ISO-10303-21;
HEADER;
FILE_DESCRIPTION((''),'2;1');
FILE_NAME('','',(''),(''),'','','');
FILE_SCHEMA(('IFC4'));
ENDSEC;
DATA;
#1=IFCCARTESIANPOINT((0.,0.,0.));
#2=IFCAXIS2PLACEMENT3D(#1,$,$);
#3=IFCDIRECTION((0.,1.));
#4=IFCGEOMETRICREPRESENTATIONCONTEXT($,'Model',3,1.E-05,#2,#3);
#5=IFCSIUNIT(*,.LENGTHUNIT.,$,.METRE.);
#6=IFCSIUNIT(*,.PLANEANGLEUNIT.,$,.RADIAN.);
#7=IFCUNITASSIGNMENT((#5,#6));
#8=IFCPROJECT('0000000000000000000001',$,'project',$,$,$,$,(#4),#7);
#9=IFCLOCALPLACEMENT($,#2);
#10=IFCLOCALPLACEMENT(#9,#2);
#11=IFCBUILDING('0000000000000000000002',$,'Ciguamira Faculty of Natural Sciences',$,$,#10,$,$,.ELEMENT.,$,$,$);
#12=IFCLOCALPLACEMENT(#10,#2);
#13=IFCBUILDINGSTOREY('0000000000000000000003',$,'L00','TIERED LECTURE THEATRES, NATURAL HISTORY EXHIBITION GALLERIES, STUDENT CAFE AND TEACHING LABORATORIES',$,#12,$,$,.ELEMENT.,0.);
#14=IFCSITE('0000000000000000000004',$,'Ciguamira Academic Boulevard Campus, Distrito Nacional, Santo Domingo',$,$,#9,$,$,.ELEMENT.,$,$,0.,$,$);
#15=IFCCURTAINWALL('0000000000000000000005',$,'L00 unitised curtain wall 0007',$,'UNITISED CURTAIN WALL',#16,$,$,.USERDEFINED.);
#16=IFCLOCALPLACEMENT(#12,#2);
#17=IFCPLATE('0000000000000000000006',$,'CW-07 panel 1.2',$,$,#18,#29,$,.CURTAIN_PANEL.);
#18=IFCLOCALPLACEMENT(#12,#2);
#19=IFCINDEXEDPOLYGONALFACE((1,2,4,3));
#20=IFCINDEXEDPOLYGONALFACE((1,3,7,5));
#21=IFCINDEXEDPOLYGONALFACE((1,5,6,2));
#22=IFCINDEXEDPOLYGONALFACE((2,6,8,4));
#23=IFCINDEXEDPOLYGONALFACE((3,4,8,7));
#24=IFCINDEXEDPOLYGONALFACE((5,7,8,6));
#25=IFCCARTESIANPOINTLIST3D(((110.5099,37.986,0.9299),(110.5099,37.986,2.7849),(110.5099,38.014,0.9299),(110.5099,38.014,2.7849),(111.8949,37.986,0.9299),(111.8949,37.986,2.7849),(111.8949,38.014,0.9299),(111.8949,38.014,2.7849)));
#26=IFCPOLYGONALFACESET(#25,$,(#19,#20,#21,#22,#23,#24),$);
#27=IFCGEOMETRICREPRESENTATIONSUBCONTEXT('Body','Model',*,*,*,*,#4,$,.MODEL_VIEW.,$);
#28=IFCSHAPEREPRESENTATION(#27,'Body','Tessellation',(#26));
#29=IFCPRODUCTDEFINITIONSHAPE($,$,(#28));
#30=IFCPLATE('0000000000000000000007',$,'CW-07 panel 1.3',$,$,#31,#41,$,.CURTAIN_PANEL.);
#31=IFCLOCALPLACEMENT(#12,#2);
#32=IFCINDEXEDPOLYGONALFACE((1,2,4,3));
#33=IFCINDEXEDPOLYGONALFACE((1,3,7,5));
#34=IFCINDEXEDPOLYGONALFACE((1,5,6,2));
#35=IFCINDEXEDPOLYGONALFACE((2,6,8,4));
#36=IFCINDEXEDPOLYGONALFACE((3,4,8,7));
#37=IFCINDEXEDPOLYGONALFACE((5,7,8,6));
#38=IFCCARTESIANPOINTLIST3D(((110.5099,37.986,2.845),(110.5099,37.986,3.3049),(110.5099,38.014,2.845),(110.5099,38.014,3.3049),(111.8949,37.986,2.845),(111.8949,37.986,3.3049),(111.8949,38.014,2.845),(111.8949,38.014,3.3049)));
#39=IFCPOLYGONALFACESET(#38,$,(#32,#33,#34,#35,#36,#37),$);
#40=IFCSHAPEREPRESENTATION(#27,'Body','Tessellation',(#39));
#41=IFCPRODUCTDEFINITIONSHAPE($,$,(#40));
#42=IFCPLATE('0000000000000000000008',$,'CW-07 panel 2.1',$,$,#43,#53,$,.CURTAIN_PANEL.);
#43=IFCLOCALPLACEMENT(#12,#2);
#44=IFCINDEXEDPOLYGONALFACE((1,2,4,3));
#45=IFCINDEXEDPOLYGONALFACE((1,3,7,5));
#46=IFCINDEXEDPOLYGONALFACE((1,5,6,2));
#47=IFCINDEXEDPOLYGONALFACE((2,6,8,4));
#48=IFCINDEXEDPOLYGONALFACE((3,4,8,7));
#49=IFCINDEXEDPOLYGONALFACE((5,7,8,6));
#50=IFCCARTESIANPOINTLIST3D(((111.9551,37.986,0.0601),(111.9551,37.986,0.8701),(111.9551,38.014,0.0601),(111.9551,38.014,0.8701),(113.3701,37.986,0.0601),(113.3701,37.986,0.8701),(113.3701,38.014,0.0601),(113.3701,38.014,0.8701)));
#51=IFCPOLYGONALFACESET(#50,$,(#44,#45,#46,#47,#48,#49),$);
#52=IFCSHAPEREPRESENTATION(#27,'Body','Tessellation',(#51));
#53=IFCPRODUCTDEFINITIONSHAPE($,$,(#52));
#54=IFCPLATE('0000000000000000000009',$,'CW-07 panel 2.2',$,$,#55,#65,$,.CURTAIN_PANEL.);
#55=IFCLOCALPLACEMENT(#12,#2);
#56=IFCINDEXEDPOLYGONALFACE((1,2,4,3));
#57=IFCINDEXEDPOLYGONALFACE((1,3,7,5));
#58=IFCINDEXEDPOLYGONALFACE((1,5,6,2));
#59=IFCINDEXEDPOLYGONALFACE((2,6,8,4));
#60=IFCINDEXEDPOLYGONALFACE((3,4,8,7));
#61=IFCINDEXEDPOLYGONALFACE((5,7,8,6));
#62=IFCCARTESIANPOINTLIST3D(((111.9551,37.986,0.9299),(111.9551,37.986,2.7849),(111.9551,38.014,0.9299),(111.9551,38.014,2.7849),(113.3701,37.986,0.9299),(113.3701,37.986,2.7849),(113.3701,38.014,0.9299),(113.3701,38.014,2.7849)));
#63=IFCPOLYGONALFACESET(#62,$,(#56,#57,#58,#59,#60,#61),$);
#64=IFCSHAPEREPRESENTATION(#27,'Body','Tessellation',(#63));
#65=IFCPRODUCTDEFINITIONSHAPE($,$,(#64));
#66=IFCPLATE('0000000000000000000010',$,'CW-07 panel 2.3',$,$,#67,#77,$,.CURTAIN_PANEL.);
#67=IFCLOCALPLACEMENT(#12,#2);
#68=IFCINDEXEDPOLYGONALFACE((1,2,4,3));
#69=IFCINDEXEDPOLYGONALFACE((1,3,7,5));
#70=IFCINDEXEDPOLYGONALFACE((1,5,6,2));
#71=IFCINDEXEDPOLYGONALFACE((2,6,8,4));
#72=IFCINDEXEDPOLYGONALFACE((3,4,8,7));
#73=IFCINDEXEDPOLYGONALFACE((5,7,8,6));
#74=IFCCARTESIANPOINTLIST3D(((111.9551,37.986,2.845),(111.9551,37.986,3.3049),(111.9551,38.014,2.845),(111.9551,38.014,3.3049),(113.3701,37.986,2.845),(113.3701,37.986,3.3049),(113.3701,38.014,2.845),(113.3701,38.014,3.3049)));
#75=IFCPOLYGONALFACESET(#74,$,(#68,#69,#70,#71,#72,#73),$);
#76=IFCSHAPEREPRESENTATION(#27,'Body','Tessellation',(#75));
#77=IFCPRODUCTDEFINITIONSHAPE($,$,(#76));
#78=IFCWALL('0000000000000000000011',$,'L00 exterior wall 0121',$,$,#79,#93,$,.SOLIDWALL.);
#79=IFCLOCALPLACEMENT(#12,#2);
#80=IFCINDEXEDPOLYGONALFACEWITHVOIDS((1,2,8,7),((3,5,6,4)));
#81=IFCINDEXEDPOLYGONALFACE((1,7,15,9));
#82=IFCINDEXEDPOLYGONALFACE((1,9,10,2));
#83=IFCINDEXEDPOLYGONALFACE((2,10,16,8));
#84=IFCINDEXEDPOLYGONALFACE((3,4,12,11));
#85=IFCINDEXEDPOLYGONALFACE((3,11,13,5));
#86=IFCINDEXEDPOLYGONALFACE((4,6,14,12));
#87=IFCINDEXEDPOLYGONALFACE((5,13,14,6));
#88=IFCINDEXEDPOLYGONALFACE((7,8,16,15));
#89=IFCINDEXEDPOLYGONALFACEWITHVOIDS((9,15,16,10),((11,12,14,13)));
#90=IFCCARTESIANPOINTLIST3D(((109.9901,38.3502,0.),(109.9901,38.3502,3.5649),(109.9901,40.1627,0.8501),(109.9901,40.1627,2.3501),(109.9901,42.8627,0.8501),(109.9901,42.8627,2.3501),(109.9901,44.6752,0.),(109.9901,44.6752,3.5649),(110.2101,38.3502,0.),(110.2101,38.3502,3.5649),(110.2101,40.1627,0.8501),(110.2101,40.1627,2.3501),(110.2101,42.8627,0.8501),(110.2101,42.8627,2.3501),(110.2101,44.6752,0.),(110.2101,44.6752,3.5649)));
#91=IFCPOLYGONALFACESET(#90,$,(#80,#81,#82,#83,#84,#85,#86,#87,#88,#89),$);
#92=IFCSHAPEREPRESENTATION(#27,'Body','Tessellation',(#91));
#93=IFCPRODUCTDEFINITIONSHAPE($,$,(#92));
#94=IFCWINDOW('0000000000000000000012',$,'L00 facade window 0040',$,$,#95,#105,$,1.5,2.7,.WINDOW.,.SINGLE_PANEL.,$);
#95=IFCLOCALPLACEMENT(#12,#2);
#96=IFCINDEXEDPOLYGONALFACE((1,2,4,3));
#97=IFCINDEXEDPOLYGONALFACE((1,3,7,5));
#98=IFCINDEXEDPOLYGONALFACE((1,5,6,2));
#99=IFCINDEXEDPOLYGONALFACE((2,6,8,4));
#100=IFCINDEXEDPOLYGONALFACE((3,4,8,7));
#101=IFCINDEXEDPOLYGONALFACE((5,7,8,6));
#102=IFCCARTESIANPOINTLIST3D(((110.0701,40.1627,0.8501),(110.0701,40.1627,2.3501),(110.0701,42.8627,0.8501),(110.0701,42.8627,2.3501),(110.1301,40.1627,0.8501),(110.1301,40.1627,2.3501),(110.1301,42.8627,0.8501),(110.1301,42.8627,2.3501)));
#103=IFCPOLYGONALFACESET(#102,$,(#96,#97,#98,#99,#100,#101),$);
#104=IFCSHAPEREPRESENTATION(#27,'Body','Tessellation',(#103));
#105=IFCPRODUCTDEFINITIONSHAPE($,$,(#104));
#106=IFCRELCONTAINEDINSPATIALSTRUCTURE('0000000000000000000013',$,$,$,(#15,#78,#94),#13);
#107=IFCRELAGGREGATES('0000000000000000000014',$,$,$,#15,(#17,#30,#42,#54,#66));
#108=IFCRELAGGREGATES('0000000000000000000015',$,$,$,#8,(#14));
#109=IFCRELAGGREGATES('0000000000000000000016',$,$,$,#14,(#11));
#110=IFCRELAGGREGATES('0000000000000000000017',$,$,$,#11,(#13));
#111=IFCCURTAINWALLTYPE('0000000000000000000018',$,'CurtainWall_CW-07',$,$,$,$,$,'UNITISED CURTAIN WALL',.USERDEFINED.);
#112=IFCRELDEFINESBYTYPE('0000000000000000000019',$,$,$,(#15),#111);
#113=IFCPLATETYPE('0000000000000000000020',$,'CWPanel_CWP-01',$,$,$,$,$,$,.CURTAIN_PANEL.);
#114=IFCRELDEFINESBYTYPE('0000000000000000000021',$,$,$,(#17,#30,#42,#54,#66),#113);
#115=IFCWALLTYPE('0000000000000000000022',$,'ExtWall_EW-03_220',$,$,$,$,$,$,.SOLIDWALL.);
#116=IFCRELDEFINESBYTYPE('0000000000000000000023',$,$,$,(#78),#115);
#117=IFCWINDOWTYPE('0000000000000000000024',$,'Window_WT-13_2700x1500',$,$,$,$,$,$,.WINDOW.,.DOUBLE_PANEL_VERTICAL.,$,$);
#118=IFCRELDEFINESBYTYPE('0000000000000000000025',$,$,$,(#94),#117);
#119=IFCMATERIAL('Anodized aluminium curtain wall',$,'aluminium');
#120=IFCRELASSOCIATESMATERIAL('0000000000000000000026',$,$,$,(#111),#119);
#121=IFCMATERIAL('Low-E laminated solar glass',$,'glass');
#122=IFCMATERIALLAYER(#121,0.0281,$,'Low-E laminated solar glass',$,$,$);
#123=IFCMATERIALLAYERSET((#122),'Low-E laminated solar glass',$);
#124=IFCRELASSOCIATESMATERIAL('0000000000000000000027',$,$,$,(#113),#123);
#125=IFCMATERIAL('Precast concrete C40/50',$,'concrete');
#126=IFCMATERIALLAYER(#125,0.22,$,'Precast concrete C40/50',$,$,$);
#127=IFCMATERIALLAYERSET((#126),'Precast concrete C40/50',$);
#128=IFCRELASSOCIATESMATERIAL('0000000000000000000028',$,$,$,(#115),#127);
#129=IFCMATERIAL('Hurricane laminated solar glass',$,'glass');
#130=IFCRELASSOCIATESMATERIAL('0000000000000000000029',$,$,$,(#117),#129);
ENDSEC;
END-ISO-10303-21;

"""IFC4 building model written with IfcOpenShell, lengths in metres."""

from ifc_helpers import new_model, si_unit, direction, frame, frame_2d, origin, origin_2d, place, context, subcontext, project, spatial, rectangle, extrude, material, layer, layer_set, type_object, element, fill, aggregate, save


model = new_model("IFC4")

# Units and contexts
model_context = context("Model", 3, precision=1e-05, world=origin(), true_north=direction((0.0, 1.0)))
body_context = subcontext(model_context, "Body", "Model", "MODEL_VIEW")
ifc_project = project(units=[si_unit("LENGTHUNIT", "METRE"), si_unit("PLANEANGLEUNIT", "RADIAN")], contexts=[model_context])

# Site, building, storey
site_placement = place(None, origin())
site = spatial("IfcSite", under=ifc_project, at=site_placement, Name="Ciguamira Academic Boulevard Campus, Distrito Nacional, Santo Domingo", CompositionType="ELEMENT", RefElevation=0.0)
building_placement = place(site_placement, origin())
building = spatial("IfcBuilding", under=site, at=building_placement, Name="Ciguamira Faculty of Natural Sciences", CompositionType="ELEMENT")
storey_placement = place(building_placement, origin())
storey = spatial("IfcBuildingStorey", under=building, at=storey_placement, Name="L00", Description="TIERED LECTURE THEATRES, NATURAL HISTORY EXHIBITION GALLERIES, STUDENT CAFE AND TEACHING LABORATORIES", CompositionType="ELEMENT", Elevation=0.0)

# Curtain wall
ifc_material_1 = material(Name="Anodized aluminium curtain wall", Category="aluminium")
curtain_wall_type = type_object("IfcCurtainWallType", Name="CurtainWall_CW-07", ElementType="UNITISED CURTAIN WALL", PredefinedType="USERDEFINED", material=ifc_material_1)
curtain_wall_placement = place(storey_placement, origin())
curtain_wall = element("IfcCurtainWall", 1, at=curtain_wall_placement, inside=storey, type_object=curtain_wall_type, Name="L00 unitised curtain wall 0007", ObjectType="UNITISED CURTAIN WALL", PredefinedType="USERDEFINED")

# Plates
ifc_material_2 = material(Name="Low-E laminated solar glass", Category="glass")
ifc_layer_1 = layer(ifc_material_2, 0.0281, Name="Low-E laminated solar glass")
ifc_layer_set_1 = layer_set([ifc_layer_1], Name="Low-E laminated solar glass")
plate_type = type_object("IfcPlateType", Name="CWPanel_CWP-01", PredefinedType="CURTAIN_PANEL", material=ifc_layer_set_1)
plate_1_placement = place(storey_placement, frame((111.2024, 38.0, 0.9299), z_axis=(0.0, 0.0, 1.0), x_axis=(1.0, 0.0, 0.0)))
plate_1 = element("IfcPlate", 2, at=plate_1_placement, type_object=plate_type, Name="CW-07 panel 1.2", PredefinedType="CURTAIN_PANEL", context=body_context, shape_type="SweptSolid", body=[
    extrude(rectangle(XDim=1.385, YDim=0.0281, at=origin_2d()), origin(), (0.0, 0.0, 1.0), 1.855),
])
plate_2_placement = place(storey_placement, frame((111.2024, 38.0, 2.845), z_axis=(0.0, 0.0, 1.0), x_axis=(1.0, 0.0, 0.0)))
plate_2 = element("IfcPlate", 3, at=plate_2_placement, type_object=plate_type, Name="CW-07 panel 1.3", PredefinedType="CURTAIN_PANEL", context=body_context, shape_type="SweptSolid", body=[
    extrude(rectangle(XDim=1.385, YDim=0.0281, at=origin_2d()), origin(), (0.0, 0.0, 1.0), 0.46),
])
plate_3_placement = place(storey_placement, frame((112.6626, 38.0, 0.0601), z_axis=(0.0, 0.0, 1.0), x_axis=(1.0, 0.0, 0.0)))
plate_3 = element("IfcPlate", 4, at=plate_3_placement, type_object=plate_type, Name="CW-07 panel 2.1", PredefinedType="CURTAIN_PANEL", context=body_context, shape_type="SweptSolid", body=[
    extrude(rectangle(XDim=1.415, YDim=0.0281, at=origin_2d()), origin(), (0.0, 0.0, 1.0), 0.8101),
])
plate_4_placement = place(storey_placement, frame((112.6626, 38.0, 0.9299), z_axis=(0.0, 0.0, 1.0), x_axis=(1.0, 0.0, 0.0)))
plate_4 = element("IfcPlate", 5, at=plate_4_placement, type_object=plate_type, Name="CW-07 panel 2.2", PredefinedType="CURTAIN_PANEL", context=body_context, shape_type="SweptSolid", body=[
    extrude(rectangle(XDim=1.415, YDim=0.0281, at=origin_2d()), origin(), (0.0, 0.0, 1.0), 1.855),
])
plate_5_placement = place(storey_placement, frame((112.6626, 38.0, 2.845), z_axis=(0.0, 0.0, 1.0), x_axis=(1.0, 0.0, 0.0)))
plate_5 = element("IfcPlate", 6, at=plate_5_placement, type_object=plate_type, Name="CW-07 panel 2.3", PredefinedType="CURTAIN_PANEL", context=body_context, shape_type="SweptSolid", body=[
    extrude(rectangle(XDim=1.415, YDim=0.0281, at=origin_2d()), origin(), (0.0, 0.0, 1.0), 0.46),
])
aggregate(curtain_wall, [plate_1, plate_2, plate_3, plate_4, plate_5])

# Wall, opening, window
ifc_material_3 = material(Name="Precast concrete C40/50", Category="concrete")
ifc_layer_2 = layer(ifc_material_3, 0.22, Name="Precast concrete C40/50")
ifc_layer_set_2 = layer_set([ifc_layer_2], Name="Precast concrete C40/50")
wall_type = type_object("IfcWallType", Name="ExtWall_EW-03_220", PredefinedType="SOLIDWALL", material=ifc_layer_set_2)
wall_placement = place(storey_placement, frame((110.1001, 38.3501, 0.0), z_axis=(0.0, 0.0, 1.0), x_axis=(0.0, 1.0, 0.0)))
wall = element("IfcWall", 7, at=wall_placement, inside=storey, type_object=wall_type, Name="L00 exterior wall 0121", PredefinedType="SOLIDWALL", context=body_context, shape_type="SweptSolid", body=[
    extrude(rectangle(XDim=6.325, YDim=0.22, at=frame_2d((3.1626, 0.0))), origin(), (0.0, 0.0, 1.0), 3.5649),
])
opening_placement = place(wall_placement, frame((1.8125, 0.0, 0.8501)))
opening = element("IfcOpeningElement", 8, at=opening_placement, cuts=wall, PredefinedType="OPENING", context=body_context, shape_type="SweptSolid", body=[
    extrude(rectangle(XDim=2.7, YDim=1.5, at=frame_2d((1.3501, 0.75))), frame((0.0, 0.1199, 0.0), z_axis=(0.0, -1.0, 0.0), x_axis=(1.0, 0.0, 0.0)), (0.0, 0.0, 1.0), 0.24),
])
ifc_material_4 = material(Name="Hurricane laminated solar glass", Category="glass")
window_type = type_object("IfcWindowType", Name="Window_WT-13_2700x1500", PartitioningType="DOUBLE_PANEL_VERTICAL", PredefinedType="WINDOW", material=ifc_material_4)
window_placement = place(opening_placement, origin())
window = element("IfcWindow", 9, at=window_placement, inside=storey, type_object=window_type, Name="L00 facade window 0040", OverallHeight=1.5, OverallWidth=2.7, PartitioningType="SINGLE_PANEL", PredefinedType="WINDOW", context=body_context, shape_type="SweptSolid", body=[
    extrude(rectangle(XDim=2.7, YDim=1.5, at=frame_2d((1.3501, 0.75))), frame((0.0, 0.03, 0.0), z_axis=(0.0, -1.0, 0.0), x_axis=(1.0, 0.0, 0.0)), (0.0, 0.0, 1.0), 0.0601),
])
fill(opening, window)

save(model, "model.ifc")
